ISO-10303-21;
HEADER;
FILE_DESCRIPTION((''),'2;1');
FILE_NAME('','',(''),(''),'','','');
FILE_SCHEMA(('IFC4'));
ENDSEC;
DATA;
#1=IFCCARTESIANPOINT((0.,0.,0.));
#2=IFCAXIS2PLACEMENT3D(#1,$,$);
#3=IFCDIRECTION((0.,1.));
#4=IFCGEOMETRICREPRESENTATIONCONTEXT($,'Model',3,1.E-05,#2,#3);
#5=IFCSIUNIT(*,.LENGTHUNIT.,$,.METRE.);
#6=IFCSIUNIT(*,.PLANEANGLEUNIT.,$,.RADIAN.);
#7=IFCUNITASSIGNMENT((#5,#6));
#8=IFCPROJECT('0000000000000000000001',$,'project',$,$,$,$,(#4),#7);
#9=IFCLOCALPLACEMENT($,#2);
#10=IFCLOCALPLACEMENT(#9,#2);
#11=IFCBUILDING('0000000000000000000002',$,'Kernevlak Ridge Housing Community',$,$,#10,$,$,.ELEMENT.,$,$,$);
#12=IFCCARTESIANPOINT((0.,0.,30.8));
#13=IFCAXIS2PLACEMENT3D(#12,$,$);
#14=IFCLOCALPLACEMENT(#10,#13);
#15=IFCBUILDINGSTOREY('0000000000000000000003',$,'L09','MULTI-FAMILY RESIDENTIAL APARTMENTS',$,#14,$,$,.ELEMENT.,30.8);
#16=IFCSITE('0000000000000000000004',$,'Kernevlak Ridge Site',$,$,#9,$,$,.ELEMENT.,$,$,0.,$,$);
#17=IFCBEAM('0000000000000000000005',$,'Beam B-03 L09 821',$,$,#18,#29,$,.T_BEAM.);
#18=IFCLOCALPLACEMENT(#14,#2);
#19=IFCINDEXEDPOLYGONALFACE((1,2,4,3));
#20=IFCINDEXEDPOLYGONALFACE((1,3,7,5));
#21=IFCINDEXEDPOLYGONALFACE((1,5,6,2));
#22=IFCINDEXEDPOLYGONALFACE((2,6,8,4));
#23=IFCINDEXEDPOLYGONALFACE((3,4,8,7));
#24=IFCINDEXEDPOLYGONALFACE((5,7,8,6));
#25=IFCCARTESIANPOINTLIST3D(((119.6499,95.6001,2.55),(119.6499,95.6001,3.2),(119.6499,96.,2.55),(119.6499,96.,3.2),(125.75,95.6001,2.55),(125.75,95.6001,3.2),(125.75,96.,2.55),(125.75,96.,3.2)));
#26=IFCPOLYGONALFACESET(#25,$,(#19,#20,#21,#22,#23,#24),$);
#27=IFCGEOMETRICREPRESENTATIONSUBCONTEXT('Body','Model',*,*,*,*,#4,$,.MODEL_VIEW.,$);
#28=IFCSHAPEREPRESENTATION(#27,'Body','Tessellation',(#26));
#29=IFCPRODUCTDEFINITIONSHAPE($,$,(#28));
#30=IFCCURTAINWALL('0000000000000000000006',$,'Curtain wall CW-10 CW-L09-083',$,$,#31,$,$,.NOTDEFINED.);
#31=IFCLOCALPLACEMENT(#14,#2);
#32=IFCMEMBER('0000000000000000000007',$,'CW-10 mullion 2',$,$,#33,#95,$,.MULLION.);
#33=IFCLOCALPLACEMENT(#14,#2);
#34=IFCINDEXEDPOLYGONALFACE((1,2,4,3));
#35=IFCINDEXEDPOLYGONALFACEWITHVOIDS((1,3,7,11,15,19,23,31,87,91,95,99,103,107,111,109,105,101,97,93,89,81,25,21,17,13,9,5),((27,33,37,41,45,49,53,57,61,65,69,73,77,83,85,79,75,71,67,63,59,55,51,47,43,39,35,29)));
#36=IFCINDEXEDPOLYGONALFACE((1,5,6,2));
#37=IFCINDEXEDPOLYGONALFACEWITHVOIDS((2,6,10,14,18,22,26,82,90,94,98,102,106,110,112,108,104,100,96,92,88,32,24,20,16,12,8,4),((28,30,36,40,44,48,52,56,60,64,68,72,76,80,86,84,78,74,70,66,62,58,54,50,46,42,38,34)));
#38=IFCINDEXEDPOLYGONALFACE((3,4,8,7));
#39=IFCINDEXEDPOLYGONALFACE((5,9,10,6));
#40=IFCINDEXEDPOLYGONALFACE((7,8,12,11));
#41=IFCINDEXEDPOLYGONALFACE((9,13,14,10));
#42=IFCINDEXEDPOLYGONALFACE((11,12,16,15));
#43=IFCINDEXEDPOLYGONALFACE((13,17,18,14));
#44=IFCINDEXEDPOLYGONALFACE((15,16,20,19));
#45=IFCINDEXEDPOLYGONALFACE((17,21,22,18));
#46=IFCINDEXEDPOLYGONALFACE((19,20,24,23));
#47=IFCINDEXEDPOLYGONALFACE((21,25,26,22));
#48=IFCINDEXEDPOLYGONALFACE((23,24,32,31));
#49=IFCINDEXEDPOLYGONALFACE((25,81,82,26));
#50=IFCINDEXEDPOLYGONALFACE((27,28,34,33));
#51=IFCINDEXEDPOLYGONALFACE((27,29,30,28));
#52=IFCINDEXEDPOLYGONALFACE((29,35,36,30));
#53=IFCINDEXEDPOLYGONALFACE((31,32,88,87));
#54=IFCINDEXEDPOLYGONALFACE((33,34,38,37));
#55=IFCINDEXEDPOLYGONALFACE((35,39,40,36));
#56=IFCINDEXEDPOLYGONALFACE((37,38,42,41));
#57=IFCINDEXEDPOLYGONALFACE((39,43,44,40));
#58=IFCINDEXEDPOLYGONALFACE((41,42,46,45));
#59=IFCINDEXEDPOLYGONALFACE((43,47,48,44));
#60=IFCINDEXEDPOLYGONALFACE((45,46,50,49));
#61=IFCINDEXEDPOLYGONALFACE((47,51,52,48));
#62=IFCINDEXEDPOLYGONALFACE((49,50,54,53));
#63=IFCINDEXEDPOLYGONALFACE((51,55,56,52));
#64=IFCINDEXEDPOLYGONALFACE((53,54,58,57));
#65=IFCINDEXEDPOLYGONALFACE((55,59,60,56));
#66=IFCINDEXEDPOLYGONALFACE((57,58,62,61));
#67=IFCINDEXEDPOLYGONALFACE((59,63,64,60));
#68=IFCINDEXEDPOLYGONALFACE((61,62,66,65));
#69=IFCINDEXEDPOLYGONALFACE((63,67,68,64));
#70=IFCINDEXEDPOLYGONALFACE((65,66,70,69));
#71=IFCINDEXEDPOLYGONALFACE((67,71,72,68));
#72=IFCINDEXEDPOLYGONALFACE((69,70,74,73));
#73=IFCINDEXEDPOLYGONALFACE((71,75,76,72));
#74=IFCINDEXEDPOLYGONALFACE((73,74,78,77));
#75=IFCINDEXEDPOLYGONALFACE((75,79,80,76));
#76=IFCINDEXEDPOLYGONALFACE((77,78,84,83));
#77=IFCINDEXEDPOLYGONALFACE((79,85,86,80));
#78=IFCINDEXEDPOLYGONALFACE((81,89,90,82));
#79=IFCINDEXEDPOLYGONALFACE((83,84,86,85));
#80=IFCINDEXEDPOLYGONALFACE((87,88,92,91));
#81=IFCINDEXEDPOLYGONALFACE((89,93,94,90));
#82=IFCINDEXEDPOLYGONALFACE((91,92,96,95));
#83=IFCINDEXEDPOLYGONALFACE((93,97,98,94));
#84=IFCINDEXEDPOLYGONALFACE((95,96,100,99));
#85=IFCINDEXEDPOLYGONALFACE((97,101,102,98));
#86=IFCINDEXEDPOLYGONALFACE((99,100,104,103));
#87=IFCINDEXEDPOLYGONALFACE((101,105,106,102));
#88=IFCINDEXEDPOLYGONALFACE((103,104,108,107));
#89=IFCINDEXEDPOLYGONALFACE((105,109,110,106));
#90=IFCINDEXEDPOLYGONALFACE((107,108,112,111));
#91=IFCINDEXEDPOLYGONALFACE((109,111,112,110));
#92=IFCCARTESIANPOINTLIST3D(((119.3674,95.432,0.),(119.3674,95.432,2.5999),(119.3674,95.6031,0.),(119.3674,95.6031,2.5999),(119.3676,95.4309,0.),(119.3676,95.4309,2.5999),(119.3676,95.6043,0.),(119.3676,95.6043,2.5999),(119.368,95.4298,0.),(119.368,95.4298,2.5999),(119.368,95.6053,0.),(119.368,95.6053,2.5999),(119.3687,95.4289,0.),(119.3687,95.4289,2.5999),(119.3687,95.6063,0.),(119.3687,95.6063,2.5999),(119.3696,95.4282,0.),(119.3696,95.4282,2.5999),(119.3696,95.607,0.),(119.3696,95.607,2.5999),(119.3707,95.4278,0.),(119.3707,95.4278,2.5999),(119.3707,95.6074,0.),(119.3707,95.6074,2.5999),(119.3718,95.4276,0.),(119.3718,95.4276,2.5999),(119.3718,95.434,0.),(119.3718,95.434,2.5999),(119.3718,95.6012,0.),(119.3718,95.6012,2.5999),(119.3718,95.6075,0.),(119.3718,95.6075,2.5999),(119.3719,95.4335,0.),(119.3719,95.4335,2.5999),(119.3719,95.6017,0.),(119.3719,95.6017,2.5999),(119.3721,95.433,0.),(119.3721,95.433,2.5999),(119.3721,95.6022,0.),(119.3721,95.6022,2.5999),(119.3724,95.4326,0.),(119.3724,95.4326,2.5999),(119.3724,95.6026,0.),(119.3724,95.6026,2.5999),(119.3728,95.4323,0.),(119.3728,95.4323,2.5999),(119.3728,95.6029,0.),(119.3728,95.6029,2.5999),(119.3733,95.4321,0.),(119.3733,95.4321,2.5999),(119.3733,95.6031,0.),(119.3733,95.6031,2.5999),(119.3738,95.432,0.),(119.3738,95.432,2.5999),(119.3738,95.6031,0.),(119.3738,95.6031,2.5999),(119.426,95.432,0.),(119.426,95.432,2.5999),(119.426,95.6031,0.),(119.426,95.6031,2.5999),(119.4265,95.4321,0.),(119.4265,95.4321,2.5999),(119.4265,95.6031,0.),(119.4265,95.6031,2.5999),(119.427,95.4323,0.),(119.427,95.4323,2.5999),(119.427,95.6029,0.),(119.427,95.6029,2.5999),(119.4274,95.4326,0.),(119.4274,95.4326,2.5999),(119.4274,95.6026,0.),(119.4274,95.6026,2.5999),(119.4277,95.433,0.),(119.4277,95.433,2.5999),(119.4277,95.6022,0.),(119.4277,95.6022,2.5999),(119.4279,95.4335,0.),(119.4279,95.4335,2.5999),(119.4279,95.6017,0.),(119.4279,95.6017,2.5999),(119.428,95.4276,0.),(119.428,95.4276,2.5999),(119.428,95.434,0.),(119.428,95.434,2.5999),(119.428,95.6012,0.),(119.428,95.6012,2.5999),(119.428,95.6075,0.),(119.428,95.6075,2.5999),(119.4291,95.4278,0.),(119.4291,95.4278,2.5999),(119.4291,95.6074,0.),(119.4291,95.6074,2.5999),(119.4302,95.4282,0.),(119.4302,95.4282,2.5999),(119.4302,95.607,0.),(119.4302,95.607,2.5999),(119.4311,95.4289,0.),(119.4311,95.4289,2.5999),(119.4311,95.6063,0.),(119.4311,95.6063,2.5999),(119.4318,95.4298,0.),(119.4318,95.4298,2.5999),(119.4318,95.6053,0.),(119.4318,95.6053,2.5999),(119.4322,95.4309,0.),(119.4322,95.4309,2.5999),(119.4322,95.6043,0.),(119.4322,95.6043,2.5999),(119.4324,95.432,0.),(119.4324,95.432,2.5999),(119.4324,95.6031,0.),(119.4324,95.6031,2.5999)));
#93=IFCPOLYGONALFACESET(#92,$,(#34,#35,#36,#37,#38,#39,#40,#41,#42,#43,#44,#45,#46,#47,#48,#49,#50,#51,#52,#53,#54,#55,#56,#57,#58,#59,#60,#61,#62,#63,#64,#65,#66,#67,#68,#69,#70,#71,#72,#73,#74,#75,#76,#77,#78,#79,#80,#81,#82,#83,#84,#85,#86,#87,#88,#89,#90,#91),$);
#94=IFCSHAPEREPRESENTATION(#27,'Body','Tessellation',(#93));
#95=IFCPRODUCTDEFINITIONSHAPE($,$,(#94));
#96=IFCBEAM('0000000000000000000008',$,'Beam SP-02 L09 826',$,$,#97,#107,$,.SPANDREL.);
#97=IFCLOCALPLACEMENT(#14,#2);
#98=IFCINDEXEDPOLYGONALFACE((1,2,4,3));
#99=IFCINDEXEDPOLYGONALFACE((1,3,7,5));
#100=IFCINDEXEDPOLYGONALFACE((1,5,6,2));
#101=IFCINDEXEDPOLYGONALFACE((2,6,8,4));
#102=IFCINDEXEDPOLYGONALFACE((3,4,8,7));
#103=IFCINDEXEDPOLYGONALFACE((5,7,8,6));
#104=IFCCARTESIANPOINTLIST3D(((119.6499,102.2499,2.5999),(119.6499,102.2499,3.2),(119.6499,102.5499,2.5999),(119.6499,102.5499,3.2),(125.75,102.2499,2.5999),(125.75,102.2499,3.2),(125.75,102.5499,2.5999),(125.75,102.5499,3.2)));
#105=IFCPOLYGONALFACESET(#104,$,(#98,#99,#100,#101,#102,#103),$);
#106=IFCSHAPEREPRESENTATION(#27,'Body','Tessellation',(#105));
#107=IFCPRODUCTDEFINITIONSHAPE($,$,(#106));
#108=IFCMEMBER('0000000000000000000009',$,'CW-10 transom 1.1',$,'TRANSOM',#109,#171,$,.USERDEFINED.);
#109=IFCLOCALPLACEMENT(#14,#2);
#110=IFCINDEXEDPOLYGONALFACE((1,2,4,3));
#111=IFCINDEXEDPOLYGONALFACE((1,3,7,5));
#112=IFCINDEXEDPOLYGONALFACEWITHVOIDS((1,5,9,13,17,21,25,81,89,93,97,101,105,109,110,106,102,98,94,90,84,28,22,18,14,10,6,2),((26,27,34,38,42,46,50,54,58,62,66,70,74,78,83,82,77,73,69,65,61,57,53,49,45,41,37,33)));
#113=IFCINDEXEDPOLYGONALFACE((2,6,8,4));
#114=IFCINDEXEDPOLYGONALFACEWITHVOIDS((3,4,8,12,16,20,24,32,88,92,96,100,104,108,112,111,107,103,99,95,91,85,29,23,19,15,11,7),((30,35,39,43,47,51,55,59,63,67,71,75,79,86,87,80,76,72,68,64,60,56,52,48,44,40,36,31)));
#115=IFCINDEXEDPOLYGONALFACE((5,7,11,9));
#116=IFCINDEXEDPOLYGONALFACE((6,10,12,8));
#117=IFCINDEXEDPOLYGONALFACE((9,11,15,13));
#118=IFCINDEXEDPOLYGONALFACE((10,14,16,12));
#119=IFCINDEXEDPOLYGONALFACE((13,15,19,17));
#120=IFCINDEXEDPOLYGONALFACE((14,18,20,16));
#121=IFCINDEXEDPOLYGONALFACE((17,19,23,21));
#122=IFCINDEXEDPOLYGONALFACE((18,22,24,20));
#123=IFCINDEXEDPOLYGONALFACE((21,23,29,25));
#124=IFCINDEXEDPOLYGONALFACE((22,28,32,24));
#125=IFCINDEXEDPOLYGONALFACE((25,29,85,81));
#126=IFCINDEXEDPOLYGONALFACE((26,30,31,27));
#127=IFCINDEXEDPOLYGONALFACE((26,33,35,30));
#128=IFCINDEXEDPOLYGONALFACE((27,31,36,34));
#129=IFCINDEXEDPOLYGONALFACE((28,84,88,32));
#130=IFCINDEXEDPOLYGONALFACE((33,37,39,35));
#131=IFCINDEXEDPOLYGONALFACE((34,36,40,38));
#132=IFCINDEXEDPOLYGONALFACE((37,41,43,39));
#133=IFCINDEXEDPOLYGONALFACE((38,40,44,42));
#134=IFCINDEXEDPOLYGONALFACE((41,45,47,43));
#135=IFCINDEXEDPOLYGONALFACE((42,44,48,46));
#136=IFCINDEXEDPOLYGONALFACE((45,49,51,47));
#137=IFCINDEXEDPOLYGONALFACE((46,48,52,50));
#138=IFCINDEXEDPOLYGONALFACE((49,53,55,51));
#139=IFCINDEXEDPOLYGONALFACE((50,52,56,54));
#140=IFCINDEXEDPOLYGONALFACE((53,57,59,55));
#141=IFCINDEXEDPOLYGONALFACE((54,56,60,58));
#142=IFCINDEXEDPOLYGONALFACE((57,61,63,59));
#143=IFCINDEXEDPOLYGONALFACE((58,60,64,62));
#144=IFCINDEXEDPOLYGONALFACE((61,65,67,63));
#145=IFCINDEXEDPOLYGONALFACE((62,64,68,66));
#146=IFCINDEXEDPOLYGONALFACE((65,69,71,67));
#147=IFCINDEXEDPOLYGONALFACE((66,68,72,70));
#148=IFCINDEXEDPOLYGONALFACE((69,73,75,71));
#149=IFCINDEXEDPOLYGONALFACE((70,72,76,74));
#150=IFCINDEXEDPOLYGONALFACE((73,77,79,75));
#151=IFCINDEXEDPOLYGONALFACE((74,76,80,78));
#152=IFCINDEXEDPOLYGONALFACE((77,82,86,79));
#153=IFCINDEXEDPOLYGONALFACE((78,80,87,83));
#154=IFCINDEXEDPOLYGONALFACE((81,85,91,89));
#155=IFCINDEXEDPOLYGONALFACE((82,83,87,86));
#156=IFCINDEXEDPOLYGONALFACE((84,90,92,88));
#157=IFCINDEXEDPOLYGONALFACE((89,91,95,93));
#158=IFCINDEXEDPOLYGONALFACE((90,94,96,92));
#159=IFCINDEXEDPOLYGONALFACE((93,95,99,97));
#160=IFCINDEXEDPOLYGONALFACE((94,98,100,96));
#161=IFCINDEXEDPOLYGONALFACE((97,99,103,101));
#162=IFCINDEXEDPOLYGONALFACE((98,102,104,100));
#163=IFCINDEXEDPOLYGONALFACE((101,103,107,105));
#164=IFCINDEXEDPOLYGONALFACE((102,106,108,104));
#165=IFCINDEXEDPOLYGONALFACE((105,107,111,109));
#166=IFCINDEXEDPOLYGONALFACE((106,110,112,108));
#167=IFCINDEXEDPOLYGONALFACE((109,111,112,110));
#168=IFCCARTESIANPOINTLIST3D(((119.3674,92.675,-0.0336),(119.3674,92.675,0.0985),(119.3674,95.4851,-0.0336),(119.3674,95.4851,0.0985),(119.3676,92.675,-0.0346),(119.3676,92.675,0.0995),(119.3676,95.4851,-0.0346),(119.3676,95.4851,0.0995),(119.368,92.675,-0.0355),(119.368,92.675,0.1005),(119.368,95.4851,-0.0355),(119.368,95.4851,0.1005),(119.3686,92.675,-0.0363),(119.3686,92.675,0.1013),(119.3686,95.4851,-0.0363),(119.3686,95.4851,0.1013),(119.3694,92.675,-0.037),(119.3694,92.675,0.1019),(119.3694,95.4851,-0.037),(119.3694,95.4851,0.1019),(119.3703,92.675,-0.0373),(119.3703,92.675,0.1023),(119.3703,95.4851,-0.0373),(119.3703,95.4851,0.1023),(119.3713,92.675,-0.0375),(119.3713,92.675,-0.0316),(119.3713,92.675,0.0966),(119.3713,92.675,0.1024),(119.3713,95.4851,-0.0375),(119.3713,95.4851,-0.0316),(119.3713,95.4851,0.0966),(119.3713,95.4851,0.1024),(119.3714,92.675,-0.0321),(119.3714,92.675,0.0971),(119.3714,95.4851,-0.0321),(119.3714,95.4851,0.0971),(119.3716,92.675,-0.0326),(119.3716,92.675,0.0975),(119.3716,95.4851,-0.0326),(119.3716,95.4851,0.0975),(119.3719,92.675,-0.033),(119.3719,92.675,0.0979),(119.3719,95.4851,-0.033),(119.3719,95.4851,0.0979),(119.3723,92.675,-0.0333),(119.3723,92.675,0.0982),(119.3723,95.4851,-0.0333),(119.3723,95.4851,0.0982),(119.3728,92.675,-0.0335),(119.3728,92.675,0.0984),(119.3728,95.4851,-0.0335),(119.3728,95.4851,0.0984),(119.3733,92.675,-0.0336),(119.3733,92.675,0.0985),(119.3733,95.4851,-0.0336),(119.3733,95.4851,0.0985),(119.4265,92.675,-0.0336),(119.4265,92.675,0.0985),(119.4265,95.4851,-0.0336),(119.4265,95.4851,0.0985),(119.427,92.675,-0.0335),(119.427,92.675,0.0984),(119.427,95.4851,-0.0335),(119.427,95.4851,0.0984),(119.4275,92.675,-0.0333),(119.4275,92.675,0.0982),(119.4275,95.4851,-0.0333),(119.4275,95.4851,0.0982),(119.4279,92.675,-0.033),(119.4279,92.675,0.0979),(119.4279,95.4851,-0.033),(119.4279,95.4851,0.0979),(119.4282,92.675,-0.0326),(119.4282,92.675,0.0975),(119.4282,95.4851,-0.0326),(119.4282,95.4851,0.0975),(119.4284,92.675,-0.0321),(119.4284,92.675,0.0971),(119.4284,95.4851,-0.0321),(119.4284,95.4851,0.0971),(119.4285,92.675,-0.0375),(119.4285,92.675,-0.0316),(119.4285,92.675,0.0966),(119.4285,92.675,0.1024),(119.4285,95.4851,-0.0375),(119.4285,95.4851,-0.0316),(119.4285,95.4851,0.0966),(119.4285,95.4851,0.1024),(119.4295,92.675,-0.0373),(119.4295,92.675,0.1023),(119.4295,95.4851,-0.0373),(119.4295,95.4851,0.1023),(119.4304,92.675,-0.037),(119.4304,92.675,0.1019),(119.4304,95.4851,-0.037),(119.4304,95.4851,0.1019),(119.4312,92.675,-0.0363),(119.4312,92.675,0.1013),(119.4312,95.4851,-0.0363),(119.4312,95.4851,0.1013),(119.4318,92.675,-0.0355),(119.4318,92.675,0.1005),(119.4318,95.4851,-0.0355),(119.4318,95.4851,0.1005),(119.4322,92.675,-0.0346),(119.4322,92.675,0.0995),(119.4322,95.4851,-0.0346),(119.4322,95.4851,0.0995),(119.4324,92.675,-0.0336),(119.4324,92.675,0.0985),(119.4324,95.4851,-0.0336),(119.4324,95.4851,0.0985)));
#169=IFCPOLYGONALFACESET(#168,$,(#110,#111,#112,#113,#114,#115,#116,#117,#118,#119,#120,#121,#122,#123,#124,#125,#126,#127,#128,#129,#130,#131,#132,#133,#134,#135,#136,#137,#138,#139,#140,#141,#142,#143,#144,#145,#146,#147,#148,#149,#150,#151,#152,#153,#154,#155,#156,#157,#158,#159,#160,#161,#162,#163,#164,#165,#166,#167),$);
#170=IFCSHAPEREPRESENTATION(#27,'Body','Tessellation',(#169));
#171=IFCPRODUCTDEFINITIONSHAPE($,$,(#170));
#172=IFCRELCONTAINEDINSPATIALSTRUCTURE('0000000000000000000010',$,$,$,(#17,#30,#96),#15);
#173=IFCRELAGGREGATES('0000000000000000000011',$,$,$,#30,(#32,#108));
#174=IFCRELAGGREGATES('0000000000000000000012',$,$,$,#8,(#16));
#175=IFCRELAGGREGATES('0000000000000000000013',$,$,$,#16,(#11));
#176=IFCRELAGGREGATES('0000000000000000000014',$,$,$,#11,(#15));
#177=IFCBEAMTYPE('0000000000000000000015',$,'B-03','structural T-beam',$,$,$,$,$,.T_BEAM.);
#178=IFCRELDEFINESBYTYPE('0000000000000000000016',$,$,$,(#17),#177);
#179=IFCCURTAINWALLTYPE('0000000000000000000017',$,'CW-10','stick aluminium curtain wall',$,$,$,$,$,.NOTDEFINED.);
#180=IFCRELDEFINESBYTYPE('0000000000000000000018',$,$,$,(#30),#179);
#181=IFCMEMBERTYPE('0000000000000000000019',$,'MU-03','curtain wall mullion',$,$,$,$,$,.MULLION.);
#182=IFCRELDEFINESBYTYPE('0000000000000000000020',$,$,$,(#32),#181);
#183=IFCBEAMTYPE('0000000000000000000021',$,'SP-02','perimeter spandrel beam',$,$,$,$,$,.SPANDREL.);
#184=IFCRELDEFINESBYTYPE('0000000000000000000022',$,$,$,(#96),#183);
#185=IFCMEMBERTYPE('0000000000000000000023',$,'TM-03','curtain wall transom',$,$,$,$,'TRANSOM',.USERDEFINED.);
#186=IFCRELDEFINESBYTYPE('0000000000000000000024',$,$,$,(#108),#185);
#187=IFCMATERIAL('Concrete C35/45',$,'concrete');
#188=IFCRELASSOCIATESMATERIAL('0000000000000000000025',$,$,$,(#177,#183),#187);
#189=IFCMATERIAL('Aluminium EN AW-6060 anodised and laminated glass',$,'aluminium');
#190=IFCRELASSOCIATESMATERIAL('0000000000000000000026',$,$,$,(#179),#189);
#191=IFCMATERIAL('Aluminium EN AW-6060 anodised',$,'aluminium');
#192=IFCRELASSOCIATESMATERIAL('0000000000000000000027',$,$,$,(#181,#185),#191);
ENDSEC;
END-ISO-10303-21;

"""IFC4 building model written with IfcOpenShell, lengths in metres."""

from ifc_helpers import new_model, si_unit, direction, frame, origin, origin_2d, place, context, subcontext, project, spatial, rectangle, hollow_rectangle, extrude, material, material_profile, profile_set, type_object, element, aggregate, save


model = new_model("IFC4")

# Units and contexts
model_context = context("Model", 3, precision=1e-05, world=origin(), true_north=direction((0.0, 1.0)))
body_context = subcontext(model_context, "Body", "Model", "MODEL_VIEW")
ifc_project = project(units=[si_unit("LENGTHUNIT", "METRE"), si_unit("PLANEANGLEUNIT", "RADIAN")], contexts=[model_context])

# Site, building, storey
site_placement = place(None, origin())
site = spatial("IfcSite", under=ifc_project, at=site_placement, Name="Kernevlak Ridge Site", CompositionType="ELEMENT", RefElevation=0.0)
building_placement = place(site_placement, origin())
building = spatial("IfcBuilding", under=site, at=building_placement, Name="Kernevlak Ridge Housing Community", CompositionType="ELEMENT")
storey_placement = place(building_placement, frame((0.0, 0.0, 30.8)))
storey = spatial("IfcBuildingStorey", under=building, at=storey_placement, Name="L09", Description="MULTI-FAMILY RESIDENTIAL APARTMENTS", CompositionType="ELEMENT", Elevation=30.8)

# Beam
ifc_material_1 = material(Name="Concrete C35/45", Category="concrete")
ifc_material_profile_1 = material_profile(ifc_material_1, rectangle(XDim=0.3999, YDim=0.6499, at=origin_2d()), Name="RC 400x650")
ifc_profile_set_1 = profile_set([ifc_material_profile_1], Name="Concrete C35/45")
beam_type_1 = type_object("IfcBeamType", Name="B-03", Description="structural T-beam", PredefinedType="T_BEAM", material=ifc_profile_set_1)
beam_1_placement = place(storey_placement, frame((119.6499, 95.8, 2.875), z_axis=(1.0, 0.0, 0.0), x_axis=(0.0, 1.0, 0.0)))
element("IfcBeam", 1, at=beam_1_placement, inside=storey, type_object=beam_type_1, Name="Beam B-03 L09 821", PredefinedType="T_BEAM", context=body_context, shape_type="SweptSolid", body=[
    extrude(rectangle(XDim=0.3999, YDim=0.6499, at=origin_2d()), origin(), (0.0, 0.0, 1.0), 6.1001),
])

# Curtain wall, member
ifc_material_2 = material(Name="Aluminium EN AW-6060 anodised and laminated glass", Category="aluminium")
curtain_wall_type = type_object("IfcCurtainWallType", Name="CW-10", Description="stick aluminium curtain wall", PredefinedType="NOTDEFINED", material=ifc_material_2)
curtain_wall_placement = place(storey_placement, origin())
curtain_wall = element("IfcCurtainWall", 2, at=curtain_wall_placement, inside=storey, type_object=curtain_wall_type, Name="Curtain wall CW-10 CW-L09-083", PredefinedType="NOTDEFINED")
ifc_material_3 = material(Name="Aluminium EN AW-6060 anodised", Category="aluminium")
ifc_material_profile_2 = material_profile(ifc_material_3, hollow_rectangle(XDim=0.0649, YDim=0.1799, WallThickness=0.0044, InnerFilletRadius=0.002, OuterFilletRadius=0.0044, at=origin_2d()), Name="ALU 65x180x4.5")
ifc_profile_set_2 = profile_set([ifc_material_profile_2], Name="Aluminium EN AW-6060 anodised")
member_type_1 = type_object("IfcMemberType", Name="MU-03", Description="curtain wall mullion", PredefinedType="MULLION", material=ifc_profile_set_2)
member_1_placement = place(storey_placement, frame((119.3999, 95.5176, 0.0), z_axis=(0.0, 0.0, 1.0), x_axis=(-1.0, 0.0, 0.0)))
member_1 = element("IfcMember", 3, at=member_1_placement, type_object=member_type_1, Name="CW-10 mullion 2", PredefinedType="MULLION", context=body_context, shape_type="SweptSolid", body=[
    extrude(hollow_rectangle(XDim=0.0649, YDim=0.1799, WallThickness=0.0044, InnerFilletRadius=0.002, OuterFilletRadius=0.0044, at=origin_2d()), origin(), (0.0, 0.0, 1.0), 2.5999),
])

# Beam
ifc_material_profile_3 = material_profile(ifc_material_1, rectangle(XDim=0.3, YDim=0.6001, at=origin_2d()), Name="RC 300x600")
ifc_profile_set_3 = profile_set([ifc_material_profile_3], Name="Concrete C35/45")
beam_type_2 = type_object("IfcBeamType", Name="SP-02", Description="perimeter spandrel beam", PredefinedType="SPANDREL", material=ifc_profile_set_3)
beam_2_placement = place(storey_placement, frame((119.6499, 102.3999, 2.8999), z_axis=(1.0, 0.0, 0.0), x_axis=(0.0, 1.0, 0.0)))
element("IfcBeam", 4, at=beam_2_placement, inside=storey, type_object=beam_type_2, Name="Beam SP-02 L09 826", PredefinedType="SPANDREL", context=body_context, shape_type="SweptSolid", body=[
    extrude(rectangle(XDim=0.3, YDim=0.6001, at=origin_2d()), origin(), (0.0, 0.0, 1.0), 6.1001),
])

# Member
ifc_material_profile_4 = material_profile(ifc_material_3, hollow_rectangle(XDim=0.0649, YDim=0.1399, WallThickness=0.0039, InnerFilletRadius=0.002, OuterFilletRadius=0.0039, at=origin_2d()), Name="ALU 65x140x4")
ifc_profile_set_4 = profile_set([ifc_material_profile_4], Name="Aluminium EN AW-6060 anodised")
member_type_2 = type_object("IfcMemberType", Name="TM-03", Description="curtain wall transom", ElementType="TRANSOM", PredefinedType="USERDEFINED", material=ifc_profile_set_4)
member_2_placement = place(storey_placement, frame((119.3999, 92.675, 0.0325), z_axis=(0.0, 1.0, 0.0), x_axis=(-1.0, 0.0, 0.0)))
member_2 = element("IfcMember", 5, at=member_2_placement, type_object=member_type_2, Name="CW-10 transom 1.1", ObjectType="TRANSOM", PredefinedType="USERDEFINED", context=body_context, shape_type="SweptSolid", body=[
    extrude(hollow_rectangle(XDim=0.0649, YDim=0.1399, WallThickness=0.0039, InnerFilletRadius=0.002, OuterFilletRadius=0.0039, at=origin_2d()), origin(), (0.0, 0.0, 1.0), 2.8101),
])

aggregate(curtain_wall, [member_1, member_2])

save(model, "model.ifc")
